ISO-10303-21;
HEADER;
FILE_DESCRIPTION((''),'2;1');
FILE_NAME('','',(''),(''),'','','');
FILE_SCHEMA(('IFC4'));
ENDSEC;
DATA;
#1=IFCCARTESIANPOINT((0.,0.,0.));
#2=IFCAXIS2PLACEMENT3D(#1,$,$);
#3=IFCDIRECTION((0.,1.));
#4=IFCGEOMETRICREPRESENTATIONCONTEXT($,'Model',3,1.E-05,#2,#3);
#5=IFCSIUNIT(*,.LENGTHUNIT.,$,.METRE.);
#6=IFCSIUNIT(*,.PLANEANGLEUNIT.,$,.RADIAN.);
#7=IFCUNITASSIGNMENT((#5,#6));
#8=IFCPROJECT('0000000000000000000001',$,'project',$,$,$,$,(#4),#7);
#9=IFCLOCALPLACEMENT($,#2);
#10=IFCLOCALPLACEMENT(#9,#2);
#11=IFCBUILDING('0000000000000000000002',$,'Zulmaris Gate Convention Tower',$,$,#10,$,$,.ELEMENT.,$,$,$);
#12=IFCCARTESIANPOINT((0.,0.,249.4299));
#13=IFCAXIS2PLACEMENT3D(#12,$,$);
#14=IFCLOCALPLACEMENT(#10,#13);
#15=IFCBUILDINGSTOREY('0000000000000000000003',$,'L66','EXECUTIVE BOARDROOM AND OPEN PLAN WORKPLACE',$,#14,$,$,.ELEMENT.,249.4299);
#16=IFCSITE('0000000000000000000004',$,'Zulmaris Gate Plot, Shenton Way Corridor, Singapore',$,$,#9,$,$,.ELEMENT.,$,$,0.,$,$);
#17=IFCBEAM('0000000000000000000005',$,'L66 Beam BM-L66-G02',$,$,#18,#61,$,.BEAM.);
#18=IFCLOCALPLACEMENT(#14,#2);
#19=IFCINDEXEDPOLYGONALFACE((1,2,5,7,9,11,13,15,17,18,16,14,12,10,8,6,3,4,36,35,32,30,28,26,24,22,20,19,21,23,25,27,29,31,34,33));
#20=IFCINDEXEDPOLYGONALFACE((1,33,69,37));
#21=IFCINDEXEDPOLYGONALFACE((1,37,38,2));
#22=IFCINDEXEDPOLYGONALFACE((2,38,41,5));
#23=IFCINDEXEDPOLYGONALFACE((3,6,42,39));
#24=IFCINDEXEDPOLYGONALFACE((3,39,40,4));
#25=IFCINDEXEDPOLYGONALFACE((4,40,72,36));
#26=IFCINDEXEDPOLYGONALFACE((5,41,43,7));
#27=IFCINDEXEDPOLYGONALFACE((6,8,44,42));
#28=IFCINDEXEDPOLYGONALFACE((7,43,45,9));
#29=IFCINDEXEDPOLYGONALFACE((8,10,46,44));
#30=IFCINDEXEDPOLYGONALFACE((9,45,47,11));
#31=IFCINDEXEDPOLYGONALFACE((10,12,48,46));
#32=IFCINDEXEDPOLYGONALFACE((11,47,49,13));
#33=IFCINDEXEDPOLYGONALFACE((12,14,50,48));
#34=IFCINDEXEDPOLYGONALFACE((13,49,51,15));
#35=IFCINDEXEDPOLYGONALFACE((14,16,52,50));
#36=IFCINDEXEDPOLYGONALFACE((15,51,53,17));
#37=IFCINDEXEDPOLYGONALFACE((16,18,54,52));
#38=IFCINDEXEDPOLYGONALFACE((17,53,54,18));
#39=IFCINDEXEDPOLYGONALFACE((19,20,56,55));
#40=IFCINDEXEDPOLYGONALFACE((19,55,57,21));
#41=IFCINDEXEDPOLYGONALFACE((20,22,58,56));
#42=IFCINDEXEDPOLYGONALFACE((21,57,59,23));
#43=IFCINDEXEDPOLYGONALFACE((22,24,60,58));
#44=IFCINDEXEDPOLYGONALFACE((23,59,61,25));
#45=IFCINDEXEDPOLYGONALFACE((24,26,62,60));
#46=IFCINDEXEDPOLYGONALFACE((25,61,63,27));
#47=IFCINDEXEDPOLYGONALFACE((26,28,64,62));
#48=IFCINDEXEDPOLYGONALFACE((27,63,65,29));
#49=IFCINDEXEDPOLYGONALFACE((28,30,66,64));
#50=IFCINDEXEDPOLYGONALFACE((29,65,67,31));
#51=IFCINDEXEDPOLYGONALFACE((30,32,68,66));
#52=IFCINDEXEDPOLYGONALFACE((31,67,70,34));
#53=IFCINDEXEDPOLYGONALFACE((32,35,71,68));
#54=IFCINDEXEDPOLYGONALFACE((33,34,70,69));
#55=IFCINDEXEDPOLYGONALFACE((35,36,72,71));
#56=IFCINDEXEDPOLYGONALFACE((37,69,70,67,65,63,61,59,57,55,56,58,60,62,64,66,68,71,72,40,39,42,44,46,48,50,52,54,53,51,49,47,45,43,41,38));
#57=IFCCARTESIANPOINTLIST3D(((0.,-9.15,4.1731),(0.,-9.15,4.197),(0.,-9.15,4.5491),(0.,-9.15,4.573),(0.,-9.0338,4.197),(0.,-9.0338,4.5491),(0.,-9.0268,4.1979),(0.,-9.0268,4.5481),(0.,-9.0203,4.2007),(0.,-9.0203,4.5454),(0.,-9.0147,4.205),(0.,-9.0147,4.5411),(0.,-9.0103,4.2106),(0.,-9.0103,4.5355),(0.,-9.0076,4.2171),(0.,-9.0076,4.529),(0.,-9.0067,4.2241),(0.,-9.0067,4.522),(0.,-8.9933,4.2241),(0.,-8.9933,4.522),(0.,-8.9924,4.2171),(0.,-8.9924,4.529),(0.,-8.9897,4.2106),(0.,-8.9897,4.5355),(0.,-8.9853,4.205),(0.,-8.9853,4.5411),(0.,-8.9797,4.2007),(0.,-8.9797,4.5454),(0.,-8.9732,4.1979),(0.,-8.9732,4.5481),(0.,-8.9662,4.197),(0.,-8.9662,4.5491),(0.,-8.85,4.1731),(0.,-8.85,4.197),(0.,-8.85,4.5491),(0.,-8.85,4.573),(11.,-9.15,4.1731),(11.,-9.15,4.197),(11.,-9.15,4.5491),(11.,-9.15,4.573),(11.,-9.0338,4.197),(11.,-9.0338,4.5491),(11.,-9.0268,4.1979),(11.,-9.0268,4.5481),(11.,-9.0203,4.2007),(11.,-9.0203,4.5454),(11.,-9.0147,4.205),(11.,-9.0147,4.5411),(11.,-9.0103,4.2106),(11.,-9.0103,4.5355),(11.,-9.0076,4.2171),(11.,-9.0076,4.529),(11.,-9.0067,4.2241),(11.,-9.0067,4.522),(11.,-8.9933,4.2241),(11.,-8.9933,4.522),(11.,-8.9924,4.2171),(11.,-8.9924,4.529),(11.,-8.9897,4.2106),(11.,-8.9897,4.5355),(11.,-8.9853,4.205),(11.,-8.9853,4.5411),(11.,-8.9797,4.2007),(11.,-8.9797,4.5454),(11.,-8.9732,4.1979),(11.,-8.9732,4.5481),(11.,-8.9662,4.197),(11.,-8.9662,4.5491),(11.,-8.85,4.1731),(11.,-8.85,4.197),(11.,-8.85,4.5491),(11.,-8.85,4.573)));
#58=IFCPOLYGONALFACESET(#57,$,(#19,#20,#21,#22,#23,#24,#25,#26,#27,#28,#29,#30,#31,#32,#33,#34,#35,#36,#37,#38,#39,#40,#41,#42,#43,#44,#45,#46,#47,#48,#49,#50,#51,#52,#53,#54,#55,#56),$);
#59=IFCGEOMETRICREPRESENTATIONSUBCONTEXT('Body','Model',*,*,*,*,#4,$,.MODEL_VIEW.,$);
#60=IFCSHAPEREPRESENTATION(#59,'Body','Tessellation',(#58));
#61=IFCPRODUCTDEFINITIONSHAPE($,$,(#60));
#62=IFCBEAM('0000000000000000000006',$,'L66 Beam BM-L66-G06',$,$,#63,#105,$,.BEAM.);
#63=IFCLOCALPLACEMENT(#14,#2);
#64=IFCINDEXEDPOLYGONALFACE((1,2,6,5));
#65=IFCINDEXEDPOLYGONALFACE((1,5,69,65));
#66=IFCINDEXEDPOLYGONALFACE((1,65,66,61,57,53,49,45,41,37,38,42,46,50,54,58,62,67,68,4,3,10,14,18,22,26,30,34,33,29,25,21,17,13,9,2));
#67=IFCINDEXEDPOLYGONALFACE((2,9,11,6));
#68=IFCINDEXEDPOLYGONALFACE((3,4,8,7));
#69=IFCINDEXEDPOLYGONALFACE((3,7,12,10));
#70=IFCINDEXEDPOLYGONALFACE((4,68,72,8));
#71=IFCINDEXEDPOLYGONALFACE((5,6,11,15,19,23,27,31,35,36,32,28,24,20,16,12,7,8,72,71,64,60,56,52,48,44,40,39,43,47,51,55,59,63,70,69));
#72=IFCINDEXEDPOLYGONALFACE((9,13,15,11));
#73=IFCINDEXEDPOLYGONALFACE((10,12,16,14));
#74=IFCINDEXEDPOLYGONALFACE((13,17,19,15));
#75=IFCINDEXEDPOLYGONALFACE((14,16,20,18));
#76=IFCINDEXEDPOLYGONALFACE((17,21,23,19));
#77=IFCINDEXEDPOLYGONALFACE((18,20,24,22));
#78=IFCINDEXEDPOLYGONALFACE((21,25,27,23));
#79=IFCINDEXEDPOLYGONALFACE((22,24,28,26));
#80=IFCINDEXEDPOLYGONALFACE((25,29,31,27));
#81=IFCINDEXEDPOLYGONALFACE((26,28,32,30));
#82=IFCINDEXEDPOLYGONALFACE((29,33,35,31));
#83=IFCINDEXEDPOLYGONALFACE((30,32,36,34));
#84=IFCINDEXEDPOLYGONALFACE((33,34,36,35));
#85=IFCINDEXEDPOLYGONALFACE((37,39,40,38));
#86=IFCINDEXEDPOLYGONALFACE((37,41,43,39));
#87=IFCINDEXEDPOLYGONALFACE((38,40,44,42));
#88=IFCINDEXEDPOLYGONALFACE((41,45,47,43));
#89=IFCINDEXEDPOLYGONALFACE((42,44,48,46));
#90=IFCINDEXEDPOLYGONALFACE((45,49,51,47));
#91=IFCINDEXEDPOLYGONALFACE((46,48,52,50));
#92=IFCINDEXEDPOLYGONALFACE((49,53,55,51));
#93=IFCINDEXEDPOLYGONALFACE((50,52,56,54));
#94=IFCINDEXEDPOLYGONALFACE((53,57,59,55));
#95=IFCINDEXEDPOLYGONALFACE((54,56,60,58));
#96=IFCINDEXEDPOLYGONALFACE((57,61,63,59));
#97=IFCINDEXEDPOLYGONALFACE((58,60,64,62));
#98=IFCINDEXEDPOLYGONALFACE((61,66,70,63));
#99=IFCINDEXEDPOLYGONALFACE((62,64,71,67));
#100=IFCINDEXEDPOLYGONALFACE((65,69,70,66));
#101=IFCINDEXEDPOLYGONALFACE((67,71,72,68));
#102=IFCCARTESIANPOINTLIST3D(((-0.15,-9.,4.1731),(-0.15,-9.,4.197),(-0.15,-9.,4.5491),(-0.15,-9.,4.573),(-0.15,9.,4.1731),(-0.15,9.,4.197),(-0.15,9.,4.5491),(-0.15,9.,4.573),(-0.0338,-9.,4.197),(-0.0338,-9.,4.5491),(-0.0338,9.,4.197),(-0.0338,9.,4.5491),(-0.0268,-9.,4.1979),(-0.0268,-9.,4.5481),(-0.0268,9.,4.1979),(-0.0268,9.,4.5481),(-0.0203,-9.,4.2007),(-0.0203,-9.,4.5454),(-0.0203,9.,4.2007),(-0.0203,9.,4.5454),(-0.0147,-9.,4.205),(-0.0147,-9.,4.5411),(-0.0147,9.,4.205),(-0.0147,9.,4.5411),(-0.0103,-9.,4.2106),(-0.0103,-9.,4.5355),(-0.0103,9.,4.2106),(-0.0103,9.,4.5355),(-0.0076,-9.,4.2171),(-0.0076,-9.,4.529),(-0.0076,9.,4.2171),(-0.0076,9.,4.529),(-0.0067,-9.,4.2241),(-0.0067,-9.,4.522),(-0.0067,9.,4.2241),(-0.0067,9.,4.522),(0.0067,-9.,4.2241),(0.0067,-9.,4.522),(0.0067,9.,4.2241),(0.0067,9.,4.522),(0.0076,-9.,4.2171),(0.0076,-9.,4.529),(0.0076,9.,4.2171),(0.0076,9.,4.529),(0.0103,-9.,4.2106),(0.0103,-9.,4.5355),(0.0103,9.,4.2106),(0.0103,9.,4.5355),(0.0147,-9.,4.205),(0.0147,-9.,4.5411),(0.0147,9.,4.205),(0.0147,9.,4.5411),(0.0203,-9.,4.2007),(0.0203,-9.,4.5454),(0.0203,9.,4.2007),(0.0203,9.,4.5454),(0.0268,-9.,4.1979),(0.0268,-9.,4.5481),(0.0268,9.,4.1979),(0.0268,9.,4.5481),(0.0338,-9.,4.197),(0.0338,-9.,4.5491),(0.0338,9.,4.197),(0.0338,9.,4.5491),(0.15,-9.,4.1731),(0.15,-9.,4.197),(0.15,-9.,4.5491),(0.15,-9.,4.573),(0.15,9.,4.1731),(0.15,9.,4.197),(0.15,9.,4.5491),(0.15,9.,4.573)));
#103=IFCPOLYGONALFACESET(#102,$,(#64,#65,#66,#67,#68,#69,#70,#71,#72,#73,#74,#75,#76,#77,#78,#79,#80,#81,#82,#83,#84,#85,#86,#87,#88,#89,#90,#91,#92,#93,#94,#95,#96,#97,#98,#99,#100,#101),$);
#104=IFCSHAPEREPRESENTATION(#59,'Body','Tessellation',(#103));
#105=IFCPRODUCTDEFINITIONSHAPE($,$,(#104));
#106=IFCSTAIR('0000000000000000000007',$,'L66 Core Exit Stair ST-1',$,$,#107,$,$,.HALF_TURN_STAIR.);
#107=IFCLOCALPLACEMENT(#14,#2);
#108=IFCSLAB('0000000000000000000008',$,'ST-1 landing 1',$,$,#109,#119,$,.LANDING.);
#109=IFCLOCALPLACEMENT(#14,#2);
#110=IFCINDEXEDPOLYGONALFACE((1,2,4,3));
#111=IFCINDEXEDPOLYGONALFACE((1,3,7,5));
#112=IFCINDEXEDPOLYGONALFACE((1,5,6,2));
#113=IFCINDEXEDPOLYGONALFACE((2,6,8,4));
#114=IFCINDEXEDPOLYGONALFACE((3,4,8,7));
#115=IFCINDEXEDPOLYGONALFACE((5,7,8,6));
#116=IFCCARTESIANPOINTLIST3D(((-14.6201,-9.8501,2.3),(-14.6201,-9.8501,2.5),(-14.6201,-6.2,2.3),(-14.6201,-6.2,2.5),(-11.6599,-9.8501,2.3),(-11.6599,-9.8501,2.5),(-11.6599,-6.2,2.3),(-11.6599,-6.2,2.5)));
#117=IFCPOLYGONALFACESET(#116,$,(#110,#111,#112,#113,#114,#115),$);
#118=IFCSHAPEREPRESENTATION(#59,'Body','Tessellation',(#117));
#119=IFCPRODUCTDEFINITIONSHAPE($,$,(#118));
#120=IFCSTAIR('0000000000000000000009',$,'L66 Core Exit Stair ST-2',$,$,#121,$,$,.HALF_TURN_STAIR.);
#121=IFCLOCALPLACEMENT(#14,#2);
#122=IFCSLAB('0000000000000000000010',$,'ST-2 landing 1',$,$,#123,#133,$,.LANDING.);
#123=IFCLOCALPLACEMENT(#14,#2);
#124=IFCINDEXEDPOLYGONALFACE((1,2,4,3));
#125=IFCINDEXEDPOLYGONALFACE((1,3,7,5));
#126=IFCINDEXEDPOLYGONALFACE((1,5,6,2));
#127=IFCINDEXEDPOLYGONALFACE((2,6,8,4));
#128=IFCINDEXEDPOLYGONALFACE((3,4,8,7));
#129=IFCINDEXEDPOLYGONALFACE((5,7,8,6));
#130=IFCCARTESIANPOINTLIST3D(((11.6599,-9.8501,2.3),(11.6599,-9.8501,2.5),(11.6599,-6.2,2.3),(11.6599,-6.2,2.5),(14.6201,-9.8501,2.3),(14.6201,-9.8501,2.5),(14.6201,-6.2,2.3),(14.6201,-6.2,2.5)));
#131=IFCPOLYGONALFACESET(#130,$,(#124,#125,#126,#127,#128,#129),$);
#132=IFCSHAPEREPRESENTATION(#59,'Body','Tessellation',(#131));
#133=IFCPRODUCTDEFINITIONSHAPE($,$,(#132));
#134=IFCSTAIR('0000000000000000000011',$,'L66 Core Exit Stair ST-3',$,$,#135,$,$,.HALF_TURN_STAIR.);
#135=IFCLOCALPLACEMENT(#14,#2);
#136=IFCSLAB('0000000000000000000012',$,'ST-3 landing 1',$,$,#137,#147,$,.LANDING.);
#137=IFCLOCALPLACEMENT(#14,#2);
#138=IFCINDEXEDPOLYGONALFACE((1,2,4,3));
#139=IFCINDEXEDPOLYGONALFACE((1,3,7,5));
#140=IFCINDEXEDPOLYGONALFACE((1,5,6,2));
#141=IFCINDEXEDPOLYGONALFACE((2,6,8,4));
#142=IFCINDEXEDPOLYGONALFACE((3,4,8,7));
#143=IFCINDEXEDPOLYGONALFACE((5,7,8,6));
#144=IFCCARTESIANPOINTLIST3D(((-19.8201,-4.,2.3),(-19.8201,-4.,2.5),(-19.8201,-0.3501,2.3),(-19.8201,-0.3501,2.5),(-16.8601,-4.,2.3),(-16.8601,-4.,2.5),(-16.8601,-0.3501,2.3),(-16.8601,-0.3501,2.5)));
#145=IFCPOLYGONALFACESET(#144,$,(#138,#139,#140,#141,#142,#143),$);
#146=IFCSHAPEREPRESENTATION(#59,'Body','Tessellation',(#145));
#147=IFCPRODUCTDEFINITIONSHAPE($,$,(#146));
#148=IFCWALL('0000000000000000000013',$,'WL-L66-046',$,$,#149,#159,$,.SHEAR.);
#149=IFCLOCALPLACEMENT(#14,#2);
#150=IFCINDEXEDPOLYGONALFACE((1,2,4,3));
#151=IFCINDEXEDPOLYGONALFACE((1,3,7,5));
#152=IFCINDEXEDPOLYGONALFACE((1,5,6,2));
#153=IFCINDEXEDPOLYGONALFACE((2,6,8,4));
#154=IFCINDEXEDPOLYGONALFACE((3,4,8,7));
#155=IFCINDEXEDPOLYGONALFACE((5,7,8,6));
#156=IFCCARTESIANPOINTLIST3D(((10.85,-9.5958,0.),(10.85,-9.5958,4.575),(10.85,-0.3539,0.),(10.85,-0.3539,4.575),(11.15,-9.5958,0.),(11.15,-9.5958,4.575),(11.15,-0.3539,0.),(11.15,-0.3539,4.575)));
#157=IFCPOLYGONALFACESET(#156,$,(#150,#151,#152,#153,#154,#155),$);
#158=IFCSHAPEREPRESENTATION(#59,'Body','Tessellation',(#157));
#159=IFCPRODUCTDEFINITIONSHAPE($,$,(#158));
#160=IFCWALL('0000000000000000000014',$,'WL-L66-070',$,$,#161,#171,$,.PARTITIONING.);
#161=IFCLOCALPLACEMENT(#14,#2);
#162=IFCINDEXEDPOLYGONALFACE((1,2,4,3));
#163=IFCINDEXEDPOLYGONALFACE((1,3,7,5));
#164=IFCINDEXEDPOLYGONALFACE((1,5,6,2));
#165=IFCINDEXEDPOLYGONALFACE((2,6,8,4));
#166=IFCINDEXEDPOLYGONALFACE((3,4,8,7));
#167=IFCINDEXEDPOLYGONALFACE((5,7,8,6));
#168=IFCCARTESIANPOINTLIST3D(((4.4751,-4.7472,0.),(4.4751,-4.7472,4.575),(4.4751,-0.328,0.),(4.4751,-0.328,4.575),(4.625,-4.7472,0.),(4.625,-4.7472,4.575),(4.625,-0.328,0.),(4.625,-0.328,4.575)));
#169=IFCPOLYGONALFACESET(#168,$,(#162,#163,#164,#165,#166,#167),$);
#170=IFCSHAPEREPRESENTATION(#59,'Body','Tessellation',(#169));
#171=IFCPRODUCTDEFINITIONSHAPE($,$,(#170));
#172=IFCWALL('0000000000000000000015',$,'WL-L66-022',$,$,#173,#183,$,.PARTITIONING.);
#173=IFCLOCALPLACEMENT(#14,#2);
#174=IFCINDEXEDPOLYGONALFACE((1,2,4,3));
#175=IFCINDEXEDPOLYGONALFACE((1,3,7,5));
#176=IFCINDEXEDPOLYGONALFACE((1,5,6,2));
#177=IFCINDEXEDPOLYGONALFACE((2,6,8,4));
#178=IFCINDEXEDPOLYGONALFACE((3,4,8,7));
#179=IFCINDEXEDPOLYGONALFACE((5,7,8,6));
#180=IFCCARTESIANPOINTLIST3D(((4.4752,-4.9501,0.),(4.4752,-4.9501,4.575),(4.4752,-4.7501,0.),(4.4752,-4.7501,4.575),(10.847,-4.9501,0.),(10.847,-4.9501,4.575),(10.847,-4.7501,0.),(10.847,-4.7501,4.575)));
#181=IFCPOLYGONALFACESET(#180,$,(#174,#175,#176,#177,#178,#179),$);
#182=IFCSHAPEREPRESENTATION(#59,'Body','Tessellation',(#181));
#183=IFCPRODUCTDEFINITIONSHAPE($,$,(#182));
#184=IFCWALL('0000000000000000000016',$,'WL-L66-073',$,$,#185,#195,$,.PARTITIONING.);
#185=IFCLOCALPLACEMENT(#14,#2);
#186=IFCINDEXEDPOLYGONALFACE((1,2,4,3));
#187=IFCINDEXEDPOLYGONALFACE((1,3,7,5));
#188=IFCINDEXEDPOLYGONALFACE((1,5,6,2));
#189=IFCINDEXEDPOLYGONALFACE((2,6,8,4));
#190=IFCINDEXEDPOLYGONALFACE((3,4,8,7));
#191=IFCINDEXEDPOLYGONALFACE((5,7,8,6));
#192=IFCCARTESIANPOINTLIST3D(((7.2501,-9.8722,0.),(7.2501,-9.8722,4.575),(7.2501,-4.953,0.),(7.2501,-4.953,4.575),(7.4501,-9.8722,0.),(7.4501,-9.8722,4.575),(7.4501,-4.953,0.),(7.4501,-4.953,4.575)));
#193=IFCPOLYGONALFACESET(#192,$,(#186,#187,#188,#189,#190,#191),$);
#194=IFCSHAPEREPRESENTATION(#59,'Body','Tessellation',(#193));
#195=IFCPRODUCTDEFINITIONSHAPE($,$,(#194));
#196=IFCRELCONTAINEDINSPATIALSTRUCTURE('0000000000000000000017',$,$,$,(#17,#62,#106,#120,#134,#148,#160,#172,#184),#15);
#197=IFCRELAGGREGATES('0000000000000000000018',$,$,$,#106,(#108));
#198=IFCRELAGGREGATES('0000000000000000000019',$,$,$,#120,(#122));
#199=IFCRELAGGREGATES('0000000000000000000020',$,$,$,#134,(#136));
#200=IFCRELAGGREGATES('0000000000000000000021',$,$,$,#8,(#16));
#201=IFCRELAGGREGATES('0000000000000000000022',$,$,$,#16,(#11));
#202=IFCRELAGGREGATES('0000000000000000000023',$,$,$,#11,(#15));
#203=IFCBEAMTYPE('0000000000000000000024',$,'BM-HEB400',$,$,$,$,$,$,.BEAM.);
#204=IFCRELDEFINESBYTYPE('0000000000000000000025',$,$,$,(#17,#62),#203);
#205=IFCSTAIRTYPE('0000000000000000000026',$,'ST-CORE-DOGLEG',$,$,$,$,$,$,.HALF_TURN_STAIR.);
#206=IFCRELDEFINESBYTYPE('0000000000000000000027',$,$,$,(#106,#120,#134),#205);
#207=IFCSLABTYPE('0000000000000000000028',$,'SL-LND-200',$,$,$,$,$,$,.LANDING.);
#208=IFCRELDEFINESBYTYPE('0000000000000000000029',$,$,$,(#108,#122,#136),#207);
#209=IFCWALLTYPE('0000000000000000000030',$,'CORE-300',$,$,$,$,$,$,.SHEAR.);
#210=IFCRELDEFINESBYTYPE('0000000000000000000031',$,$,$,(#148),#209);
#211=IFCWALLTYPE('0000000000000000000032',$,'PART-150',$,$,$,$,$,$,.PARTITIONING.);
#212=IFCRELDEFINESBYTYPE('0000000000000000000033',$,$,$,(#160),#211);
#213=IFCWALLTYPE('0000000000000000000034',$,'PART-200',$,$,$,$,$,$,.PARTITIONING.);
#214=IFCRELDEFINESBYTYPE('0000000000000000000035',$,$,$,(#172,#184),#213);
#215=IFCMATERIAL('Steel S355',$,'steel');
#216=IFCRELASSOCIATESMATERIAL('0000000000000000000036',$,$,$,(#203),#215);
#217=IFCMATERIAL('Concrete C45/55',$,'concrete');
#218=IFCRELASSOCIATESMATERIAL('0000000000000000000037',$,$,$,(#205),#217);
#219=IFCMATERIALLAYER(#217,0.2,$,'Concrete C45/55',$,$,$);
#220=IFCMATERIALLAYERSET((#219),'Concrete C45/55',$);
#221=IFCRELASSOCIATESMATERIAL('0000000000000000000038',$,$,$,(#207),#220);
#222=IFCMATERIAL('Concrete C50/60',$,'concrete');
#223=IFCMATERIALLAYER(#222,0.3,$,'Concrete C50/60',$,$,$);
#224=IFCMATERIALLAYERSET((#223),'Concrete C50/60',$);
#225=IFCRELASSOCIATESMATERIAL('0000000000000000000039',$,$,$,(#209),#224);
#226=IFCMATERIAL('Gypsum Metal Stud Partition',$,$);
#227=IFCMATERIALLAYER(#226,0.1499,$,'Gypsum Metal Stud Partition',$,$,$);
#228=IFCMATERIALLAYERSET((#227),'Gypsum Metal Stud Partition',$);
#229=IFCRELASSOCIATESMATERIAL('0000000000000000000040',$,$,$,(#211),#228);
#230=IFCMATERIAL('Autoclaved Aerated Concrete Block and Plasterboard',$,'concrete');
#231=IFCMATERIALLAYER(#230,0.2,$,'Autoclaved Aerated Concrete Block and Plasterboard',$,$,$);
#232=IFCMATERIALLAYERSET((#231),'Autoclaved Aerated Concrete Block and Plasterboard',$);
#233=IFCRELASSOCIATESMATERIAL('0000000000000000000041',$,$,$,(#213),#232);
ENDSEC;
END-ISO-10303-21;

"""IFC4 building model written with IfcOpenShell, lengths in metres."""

from ifc_helpers import new_model, si_unit, direction, frame, frame_2d, origin, origin_2d, place, context, subcontext, project, spatial, polyline, rectangle, i_section, outline, extrude, material, layer, layer_set, material_profile, profile_set, type_object, element, aggregate, save


model = new_model("IFC4")

# Units and contexts
model_context = context("Model", 3, precision=1e-05, world=origin(), true_north=direction((0.0, 1.0)))
body_context = subcontext(model_context, "Body", "Model", "MODEL_VIEW")
ifc_project = project(units=[si_unit("LENGTHUNIT", "METRE"), si_unit("PLANEANGLEUNIT", "RADIAN")], contexts=[model_context])

# Site, building, storey
site_placement = place(None, origin())
site = spatial("IfcSite", under=ifc_project, at=site_placement, Name="Zulmaris Gate Plot, Shenton Way Corridor, Singapore", CompositionType="ELEMENT", RefElevation=0.0)
building_placement = place(site_placement, origin())
building = spatial("IfcBuilding", under=site, at=building_placement, Name="Zulmaris Gate Convention Tower", CompositionType="ELEMENT")
storey_placement = place(building_placement, frame((0.0, 0.0, 249.4299)))
storey = spatial("IfcBuildingStorey", under=building, at=storey_placement, Name="L66", Description="EXECUTIVE BOARDROOM AND OPEN PLAN WORKPLACE", CompositionType="ELEMENT", Elevation=249.4299)

# Beams
ifc_material_1 = material(Name="Steel S355", Category="steel")
ifc_material_profile = material_profile(ifc_material_1, i_section(OverallWidth=0.3, OverallDepth=0.3999, WebThickness=0.0134, FlangeThickness=0.0239, FilletRadius=0.0271, at=origin_2d()), Name="HEB 400")
ifc_profile_set = profile_set([ifc_material_profile], Name="Steel S355")
beam_type = type_object("IfcBeamType", Name="BM-HEB400", PredefinedType="BEAM", material=ifc_profile_set)
beam_1_placement = place(storey_placement, frame((0.0, -9.0, 4.373), z_axis=(1.0, 0.0, 0.0), x_axis=(0.0, 1.0, 0.0)))
element("IfcBeam", 1, at=beam_1_placement, inside=storey, type_object=beam_type, Name="L66 Beam BM-L66-G02", PredefinedType="BEAM", context=body_context, shape_type="SweptSolid", body=[
    extrude(i_section(OverallWidth=0.3, OverallDepth=0.3999, WebThickness=0.0134, FlangeThickness=0.0239, FilletRadius=0.0271, at=origin_2d()), origin(), (0.0, 0.0, 1.0), 11.0),
])
beam_2_placement = place(storey_placement, frame((0.0, -9.0, 4.373), z_axis=(0.0, 1.0, 0.0), x_axis=(-1.0, 0.0, 0.0)))
element("IfcBeam", 2, at=beam_2_placement, inside=storey, type_object=beam_type, Name="L66 Beam BM-L66-G06", PredefinedType="BEAM", context=body_context, shape_type="SweptSolid", body=[
    extrude(i_section(OverallWidth=0.3, OverallDepth=0.3999, WebThickness=0.0134, FlangeThickness=0.0239, FilletRadius=0.0271, at=origin_2d()), origin(), (0.0, 0.0, 1.0), 18.0),
])

# Stairs, slabs
ifc_material_2 = material(Name="Concrete C45/55", Category="concrete")
stair_type = type_object("IfcStairType", Name="ST-CORE-DOGLEG", PredefinedType="HALF_TURN_STAIR", material=ifc_material_2)
stair_1_placement = place(storey_placement, origin())
stair_1 = element("IfcStair", 3, at=stair_1_placement, inside=storey, type_object=stair_type, Name="L66 Core Exit Stair ST-1", PredefinedType="HALF_TURN_STAIR")
ifc_layer_1 = layer(ifc_material_2, 0.2, Name="Concrete C45/55")
ifc_layer_set_1 = layer_set([ifc_layer_1], Name="Concrete C45/55")
slab_type = type_object("IfcSlabType", Name="SL-LND-200", PredefinedType="LANDING", material=ifc_layer_set_1)
slab_1_placement = place(storey_placement, frame((0.0, 0.0, 2.3)))
slab_1 = element("IfcSlab", 4, at=slab_1_placement, type_object=slab_type, Name="ST-1 landing 1", PredefinedType="LANDING", context=body_context, shape_type="SweptSolid", body=[
    extrude(outline(polyline([(-14.6201, -6.2), (-14.6201, -9.8501), (-11.6599, -9.8501), (-11.6599, -6.2), (-14.6201, -6.2)])), origin(), (0.0, 0.0, 1.0), 0.2),
])
aggregate(stair_1, [slab_1])
stair_2_placement = place(storey_placement, origin())
stair_2 = element("IfcStair", 5, at=stair_2_placement, inside=storey, type_object=stair_type, Name="L66 Core Exit Stair ST-2", PredefinedType="HALF_TURN_STAIR")
slab_2_placement = place(storey_placement, frame((0.0, 0.0, 2.3)))
slab_2 = element("IfcSlab", 6, at=slab_2_placement, type_object=slab_type, Name="ST-2 landing 1", PredefinedType="LANDING", context=body_context, shape_type="SweptSolid", body=[
    extrude(outline(polyline([(11.6599, -6.2), (11.6599, -9.8501), (14.6201, -9.8501), (14.6201, -6.2), (11.6599, -6.2)])), origin(), (0.0, 0.0, 1.0), 0.2),
])
aggregate(stair_2, [slab_2])
stair_3_placement = place(storey_placement, origin())
stair_3 = element("IfcStair", 7, at=stair_3_placement, inside=storey, type_object=stair_type, Name="L66 Core Exit Stair ST-3", PredefinedType="HALF_TURN_STAIR")
slab_3_placement = place(storey_placement, frame((0.0, 0.0, 2.3)))
slab_3 = element("IfcSlab", 8, at=slab_3_placement, type_object=slab_type, Name="ST-3 landing 1", PredefinedType="LANDING", context=body_context, shape_type="SweptSolid", body=[
    extrude(outline(polyline([(-16.8601, -4.0), (-16.8601, -0.3501), (-19.8201, -0.3501), (-19.8201, -4.0), (-16.8601, -4.0)])), origin(), (0.0, 0.0, 1.0), 0.2),
])
aggregate(stair_3, [slab_3])

# Shared definitions
ifc_material_3 = material(Name="Concrete C50/60", Category="concrete")
ifc_layer_2 = layer(ifc_material_3, 0.3, Name="Concrete C50/60")
ifc_layer_set_2 = layer_set([ifc_layer_2], Name="Concrete C50/60")
wall_type_1 = type_object("IfcWallType", Name="CORE-300", PredefinedType="SHEAR", material=ifc_layer_set_2)

# Walls
wall_1_placement = place(storey_placement, frame((11.0, -9.5959, 0.0), z_axis=(0.0, 0.0, 1.0), x_axis=(0.0, 1.0, 0.0)))
element("IfcWall", 9, at=wall_1_placement, inside=storey, type_object=wall_type_1, Name="WL-L66-046", PredefinedType="SHEAR", context=body_context, shape_type="SweptSolid", body=[
    extrude(rectangle(XDim=9.2419, YDim=0.3, at=frame_2d((4.6211, 0.0))), origin(), (0.0, 0.0, 1.0), 4.575),
])
ifc_material_4 = material(Name="Gypsum Metal Stud Partition")
ifc_layer_3 = layer(ifc_material_4, 0.1499, Name="Gypsum Metal Stud Partition")
ifc_layer_set_3 = layer_set([ifc_layer_3], Name="Gypsum Metal Stud Partition")
wall_type_2 = type_object("IfcWallType", Name="PART-150", PredefinedType="PARTITIONING", material=ifc_layer_set_3)
wall_2_placement = place(storey_placement, frame((4.55, -4.7471, 0.0), z_axis=(0.0, 0.0, 1.0), x_axis=(0.0, 1.0, 0.0)))
element("IfcWall", 10, at=wall_2_placement, inside=storey, type_object=wall_type_2, Name="WL-L66-070", PredefinedType="PARTITIONING", context=body_context, shape_type="SweptSolid", body=[
    extrude(rectangle(XDim=4.4192, YDim=0.1499, at=frame_2d((2.2095, 0.0))), origin(), (0.0, 0.0, 1.0), 4.575),
])
ifc_material_5 = material(Name="Autoclaved Aerated Concrete Block and Plasterboard", Category="concrete")
ifc_layer_4 = layer(ifc_material_5, 0.2, Name="Autoclaved Aerated Concrete Block and Plasterboard")
ifc_layer_set_4 = layer_set([ifc_layer_4], Name="Autoclaved Aerated Concrete Block and Plasterboard")
wall_type_3 = type_object("IfcWallType", Name="PART-200", PredefinedType="PARTITIONING", material=ifc_layer_set_4)
wall_3_placement = place(storey_placement, frame((4.4751, -4.8501, 0.0), z_axis=(0.0, 0.0, 1.0), x_axis=(1.0, 0.0, 0.0)))
element("IfcWall", 11, at=wall_3_placement, inside=storey, type_object=wall_type_3, Name="WL-L66-022", PredefinedType="PARTITIONING", context=body_context, shape_type="SweptSolid", body=[
    extrude(rectangle(XDim=6.3718, YDim=0.2, at=frame_2d((3.186, 0.0))), origin(), (0.0, 0.0, 1.0), 4.575),
])
wall_4_placement = place(storey_placement, frame((7.3501, -9.8721, 0.0), z_axis=(0.0, 0.0, 1.0), x_axis=(0.0, 1.0, 0.0)))
element("IfcWall", 12, at=wall_4_placement, inside=storey, type_object=wall_type_3, Name="WL-L66-073", PredefinedType="PARTITIONING", context=body_context, shape_type="SweptSolid", body=[
    extrude(rectangle(XDim=4.9192, YDim=0.2, at=frame_2d((2.4595, 0.0))), origin(), (0.0, 0.0, 1.0), 4.575),
])

save(model, "model.ifc")
